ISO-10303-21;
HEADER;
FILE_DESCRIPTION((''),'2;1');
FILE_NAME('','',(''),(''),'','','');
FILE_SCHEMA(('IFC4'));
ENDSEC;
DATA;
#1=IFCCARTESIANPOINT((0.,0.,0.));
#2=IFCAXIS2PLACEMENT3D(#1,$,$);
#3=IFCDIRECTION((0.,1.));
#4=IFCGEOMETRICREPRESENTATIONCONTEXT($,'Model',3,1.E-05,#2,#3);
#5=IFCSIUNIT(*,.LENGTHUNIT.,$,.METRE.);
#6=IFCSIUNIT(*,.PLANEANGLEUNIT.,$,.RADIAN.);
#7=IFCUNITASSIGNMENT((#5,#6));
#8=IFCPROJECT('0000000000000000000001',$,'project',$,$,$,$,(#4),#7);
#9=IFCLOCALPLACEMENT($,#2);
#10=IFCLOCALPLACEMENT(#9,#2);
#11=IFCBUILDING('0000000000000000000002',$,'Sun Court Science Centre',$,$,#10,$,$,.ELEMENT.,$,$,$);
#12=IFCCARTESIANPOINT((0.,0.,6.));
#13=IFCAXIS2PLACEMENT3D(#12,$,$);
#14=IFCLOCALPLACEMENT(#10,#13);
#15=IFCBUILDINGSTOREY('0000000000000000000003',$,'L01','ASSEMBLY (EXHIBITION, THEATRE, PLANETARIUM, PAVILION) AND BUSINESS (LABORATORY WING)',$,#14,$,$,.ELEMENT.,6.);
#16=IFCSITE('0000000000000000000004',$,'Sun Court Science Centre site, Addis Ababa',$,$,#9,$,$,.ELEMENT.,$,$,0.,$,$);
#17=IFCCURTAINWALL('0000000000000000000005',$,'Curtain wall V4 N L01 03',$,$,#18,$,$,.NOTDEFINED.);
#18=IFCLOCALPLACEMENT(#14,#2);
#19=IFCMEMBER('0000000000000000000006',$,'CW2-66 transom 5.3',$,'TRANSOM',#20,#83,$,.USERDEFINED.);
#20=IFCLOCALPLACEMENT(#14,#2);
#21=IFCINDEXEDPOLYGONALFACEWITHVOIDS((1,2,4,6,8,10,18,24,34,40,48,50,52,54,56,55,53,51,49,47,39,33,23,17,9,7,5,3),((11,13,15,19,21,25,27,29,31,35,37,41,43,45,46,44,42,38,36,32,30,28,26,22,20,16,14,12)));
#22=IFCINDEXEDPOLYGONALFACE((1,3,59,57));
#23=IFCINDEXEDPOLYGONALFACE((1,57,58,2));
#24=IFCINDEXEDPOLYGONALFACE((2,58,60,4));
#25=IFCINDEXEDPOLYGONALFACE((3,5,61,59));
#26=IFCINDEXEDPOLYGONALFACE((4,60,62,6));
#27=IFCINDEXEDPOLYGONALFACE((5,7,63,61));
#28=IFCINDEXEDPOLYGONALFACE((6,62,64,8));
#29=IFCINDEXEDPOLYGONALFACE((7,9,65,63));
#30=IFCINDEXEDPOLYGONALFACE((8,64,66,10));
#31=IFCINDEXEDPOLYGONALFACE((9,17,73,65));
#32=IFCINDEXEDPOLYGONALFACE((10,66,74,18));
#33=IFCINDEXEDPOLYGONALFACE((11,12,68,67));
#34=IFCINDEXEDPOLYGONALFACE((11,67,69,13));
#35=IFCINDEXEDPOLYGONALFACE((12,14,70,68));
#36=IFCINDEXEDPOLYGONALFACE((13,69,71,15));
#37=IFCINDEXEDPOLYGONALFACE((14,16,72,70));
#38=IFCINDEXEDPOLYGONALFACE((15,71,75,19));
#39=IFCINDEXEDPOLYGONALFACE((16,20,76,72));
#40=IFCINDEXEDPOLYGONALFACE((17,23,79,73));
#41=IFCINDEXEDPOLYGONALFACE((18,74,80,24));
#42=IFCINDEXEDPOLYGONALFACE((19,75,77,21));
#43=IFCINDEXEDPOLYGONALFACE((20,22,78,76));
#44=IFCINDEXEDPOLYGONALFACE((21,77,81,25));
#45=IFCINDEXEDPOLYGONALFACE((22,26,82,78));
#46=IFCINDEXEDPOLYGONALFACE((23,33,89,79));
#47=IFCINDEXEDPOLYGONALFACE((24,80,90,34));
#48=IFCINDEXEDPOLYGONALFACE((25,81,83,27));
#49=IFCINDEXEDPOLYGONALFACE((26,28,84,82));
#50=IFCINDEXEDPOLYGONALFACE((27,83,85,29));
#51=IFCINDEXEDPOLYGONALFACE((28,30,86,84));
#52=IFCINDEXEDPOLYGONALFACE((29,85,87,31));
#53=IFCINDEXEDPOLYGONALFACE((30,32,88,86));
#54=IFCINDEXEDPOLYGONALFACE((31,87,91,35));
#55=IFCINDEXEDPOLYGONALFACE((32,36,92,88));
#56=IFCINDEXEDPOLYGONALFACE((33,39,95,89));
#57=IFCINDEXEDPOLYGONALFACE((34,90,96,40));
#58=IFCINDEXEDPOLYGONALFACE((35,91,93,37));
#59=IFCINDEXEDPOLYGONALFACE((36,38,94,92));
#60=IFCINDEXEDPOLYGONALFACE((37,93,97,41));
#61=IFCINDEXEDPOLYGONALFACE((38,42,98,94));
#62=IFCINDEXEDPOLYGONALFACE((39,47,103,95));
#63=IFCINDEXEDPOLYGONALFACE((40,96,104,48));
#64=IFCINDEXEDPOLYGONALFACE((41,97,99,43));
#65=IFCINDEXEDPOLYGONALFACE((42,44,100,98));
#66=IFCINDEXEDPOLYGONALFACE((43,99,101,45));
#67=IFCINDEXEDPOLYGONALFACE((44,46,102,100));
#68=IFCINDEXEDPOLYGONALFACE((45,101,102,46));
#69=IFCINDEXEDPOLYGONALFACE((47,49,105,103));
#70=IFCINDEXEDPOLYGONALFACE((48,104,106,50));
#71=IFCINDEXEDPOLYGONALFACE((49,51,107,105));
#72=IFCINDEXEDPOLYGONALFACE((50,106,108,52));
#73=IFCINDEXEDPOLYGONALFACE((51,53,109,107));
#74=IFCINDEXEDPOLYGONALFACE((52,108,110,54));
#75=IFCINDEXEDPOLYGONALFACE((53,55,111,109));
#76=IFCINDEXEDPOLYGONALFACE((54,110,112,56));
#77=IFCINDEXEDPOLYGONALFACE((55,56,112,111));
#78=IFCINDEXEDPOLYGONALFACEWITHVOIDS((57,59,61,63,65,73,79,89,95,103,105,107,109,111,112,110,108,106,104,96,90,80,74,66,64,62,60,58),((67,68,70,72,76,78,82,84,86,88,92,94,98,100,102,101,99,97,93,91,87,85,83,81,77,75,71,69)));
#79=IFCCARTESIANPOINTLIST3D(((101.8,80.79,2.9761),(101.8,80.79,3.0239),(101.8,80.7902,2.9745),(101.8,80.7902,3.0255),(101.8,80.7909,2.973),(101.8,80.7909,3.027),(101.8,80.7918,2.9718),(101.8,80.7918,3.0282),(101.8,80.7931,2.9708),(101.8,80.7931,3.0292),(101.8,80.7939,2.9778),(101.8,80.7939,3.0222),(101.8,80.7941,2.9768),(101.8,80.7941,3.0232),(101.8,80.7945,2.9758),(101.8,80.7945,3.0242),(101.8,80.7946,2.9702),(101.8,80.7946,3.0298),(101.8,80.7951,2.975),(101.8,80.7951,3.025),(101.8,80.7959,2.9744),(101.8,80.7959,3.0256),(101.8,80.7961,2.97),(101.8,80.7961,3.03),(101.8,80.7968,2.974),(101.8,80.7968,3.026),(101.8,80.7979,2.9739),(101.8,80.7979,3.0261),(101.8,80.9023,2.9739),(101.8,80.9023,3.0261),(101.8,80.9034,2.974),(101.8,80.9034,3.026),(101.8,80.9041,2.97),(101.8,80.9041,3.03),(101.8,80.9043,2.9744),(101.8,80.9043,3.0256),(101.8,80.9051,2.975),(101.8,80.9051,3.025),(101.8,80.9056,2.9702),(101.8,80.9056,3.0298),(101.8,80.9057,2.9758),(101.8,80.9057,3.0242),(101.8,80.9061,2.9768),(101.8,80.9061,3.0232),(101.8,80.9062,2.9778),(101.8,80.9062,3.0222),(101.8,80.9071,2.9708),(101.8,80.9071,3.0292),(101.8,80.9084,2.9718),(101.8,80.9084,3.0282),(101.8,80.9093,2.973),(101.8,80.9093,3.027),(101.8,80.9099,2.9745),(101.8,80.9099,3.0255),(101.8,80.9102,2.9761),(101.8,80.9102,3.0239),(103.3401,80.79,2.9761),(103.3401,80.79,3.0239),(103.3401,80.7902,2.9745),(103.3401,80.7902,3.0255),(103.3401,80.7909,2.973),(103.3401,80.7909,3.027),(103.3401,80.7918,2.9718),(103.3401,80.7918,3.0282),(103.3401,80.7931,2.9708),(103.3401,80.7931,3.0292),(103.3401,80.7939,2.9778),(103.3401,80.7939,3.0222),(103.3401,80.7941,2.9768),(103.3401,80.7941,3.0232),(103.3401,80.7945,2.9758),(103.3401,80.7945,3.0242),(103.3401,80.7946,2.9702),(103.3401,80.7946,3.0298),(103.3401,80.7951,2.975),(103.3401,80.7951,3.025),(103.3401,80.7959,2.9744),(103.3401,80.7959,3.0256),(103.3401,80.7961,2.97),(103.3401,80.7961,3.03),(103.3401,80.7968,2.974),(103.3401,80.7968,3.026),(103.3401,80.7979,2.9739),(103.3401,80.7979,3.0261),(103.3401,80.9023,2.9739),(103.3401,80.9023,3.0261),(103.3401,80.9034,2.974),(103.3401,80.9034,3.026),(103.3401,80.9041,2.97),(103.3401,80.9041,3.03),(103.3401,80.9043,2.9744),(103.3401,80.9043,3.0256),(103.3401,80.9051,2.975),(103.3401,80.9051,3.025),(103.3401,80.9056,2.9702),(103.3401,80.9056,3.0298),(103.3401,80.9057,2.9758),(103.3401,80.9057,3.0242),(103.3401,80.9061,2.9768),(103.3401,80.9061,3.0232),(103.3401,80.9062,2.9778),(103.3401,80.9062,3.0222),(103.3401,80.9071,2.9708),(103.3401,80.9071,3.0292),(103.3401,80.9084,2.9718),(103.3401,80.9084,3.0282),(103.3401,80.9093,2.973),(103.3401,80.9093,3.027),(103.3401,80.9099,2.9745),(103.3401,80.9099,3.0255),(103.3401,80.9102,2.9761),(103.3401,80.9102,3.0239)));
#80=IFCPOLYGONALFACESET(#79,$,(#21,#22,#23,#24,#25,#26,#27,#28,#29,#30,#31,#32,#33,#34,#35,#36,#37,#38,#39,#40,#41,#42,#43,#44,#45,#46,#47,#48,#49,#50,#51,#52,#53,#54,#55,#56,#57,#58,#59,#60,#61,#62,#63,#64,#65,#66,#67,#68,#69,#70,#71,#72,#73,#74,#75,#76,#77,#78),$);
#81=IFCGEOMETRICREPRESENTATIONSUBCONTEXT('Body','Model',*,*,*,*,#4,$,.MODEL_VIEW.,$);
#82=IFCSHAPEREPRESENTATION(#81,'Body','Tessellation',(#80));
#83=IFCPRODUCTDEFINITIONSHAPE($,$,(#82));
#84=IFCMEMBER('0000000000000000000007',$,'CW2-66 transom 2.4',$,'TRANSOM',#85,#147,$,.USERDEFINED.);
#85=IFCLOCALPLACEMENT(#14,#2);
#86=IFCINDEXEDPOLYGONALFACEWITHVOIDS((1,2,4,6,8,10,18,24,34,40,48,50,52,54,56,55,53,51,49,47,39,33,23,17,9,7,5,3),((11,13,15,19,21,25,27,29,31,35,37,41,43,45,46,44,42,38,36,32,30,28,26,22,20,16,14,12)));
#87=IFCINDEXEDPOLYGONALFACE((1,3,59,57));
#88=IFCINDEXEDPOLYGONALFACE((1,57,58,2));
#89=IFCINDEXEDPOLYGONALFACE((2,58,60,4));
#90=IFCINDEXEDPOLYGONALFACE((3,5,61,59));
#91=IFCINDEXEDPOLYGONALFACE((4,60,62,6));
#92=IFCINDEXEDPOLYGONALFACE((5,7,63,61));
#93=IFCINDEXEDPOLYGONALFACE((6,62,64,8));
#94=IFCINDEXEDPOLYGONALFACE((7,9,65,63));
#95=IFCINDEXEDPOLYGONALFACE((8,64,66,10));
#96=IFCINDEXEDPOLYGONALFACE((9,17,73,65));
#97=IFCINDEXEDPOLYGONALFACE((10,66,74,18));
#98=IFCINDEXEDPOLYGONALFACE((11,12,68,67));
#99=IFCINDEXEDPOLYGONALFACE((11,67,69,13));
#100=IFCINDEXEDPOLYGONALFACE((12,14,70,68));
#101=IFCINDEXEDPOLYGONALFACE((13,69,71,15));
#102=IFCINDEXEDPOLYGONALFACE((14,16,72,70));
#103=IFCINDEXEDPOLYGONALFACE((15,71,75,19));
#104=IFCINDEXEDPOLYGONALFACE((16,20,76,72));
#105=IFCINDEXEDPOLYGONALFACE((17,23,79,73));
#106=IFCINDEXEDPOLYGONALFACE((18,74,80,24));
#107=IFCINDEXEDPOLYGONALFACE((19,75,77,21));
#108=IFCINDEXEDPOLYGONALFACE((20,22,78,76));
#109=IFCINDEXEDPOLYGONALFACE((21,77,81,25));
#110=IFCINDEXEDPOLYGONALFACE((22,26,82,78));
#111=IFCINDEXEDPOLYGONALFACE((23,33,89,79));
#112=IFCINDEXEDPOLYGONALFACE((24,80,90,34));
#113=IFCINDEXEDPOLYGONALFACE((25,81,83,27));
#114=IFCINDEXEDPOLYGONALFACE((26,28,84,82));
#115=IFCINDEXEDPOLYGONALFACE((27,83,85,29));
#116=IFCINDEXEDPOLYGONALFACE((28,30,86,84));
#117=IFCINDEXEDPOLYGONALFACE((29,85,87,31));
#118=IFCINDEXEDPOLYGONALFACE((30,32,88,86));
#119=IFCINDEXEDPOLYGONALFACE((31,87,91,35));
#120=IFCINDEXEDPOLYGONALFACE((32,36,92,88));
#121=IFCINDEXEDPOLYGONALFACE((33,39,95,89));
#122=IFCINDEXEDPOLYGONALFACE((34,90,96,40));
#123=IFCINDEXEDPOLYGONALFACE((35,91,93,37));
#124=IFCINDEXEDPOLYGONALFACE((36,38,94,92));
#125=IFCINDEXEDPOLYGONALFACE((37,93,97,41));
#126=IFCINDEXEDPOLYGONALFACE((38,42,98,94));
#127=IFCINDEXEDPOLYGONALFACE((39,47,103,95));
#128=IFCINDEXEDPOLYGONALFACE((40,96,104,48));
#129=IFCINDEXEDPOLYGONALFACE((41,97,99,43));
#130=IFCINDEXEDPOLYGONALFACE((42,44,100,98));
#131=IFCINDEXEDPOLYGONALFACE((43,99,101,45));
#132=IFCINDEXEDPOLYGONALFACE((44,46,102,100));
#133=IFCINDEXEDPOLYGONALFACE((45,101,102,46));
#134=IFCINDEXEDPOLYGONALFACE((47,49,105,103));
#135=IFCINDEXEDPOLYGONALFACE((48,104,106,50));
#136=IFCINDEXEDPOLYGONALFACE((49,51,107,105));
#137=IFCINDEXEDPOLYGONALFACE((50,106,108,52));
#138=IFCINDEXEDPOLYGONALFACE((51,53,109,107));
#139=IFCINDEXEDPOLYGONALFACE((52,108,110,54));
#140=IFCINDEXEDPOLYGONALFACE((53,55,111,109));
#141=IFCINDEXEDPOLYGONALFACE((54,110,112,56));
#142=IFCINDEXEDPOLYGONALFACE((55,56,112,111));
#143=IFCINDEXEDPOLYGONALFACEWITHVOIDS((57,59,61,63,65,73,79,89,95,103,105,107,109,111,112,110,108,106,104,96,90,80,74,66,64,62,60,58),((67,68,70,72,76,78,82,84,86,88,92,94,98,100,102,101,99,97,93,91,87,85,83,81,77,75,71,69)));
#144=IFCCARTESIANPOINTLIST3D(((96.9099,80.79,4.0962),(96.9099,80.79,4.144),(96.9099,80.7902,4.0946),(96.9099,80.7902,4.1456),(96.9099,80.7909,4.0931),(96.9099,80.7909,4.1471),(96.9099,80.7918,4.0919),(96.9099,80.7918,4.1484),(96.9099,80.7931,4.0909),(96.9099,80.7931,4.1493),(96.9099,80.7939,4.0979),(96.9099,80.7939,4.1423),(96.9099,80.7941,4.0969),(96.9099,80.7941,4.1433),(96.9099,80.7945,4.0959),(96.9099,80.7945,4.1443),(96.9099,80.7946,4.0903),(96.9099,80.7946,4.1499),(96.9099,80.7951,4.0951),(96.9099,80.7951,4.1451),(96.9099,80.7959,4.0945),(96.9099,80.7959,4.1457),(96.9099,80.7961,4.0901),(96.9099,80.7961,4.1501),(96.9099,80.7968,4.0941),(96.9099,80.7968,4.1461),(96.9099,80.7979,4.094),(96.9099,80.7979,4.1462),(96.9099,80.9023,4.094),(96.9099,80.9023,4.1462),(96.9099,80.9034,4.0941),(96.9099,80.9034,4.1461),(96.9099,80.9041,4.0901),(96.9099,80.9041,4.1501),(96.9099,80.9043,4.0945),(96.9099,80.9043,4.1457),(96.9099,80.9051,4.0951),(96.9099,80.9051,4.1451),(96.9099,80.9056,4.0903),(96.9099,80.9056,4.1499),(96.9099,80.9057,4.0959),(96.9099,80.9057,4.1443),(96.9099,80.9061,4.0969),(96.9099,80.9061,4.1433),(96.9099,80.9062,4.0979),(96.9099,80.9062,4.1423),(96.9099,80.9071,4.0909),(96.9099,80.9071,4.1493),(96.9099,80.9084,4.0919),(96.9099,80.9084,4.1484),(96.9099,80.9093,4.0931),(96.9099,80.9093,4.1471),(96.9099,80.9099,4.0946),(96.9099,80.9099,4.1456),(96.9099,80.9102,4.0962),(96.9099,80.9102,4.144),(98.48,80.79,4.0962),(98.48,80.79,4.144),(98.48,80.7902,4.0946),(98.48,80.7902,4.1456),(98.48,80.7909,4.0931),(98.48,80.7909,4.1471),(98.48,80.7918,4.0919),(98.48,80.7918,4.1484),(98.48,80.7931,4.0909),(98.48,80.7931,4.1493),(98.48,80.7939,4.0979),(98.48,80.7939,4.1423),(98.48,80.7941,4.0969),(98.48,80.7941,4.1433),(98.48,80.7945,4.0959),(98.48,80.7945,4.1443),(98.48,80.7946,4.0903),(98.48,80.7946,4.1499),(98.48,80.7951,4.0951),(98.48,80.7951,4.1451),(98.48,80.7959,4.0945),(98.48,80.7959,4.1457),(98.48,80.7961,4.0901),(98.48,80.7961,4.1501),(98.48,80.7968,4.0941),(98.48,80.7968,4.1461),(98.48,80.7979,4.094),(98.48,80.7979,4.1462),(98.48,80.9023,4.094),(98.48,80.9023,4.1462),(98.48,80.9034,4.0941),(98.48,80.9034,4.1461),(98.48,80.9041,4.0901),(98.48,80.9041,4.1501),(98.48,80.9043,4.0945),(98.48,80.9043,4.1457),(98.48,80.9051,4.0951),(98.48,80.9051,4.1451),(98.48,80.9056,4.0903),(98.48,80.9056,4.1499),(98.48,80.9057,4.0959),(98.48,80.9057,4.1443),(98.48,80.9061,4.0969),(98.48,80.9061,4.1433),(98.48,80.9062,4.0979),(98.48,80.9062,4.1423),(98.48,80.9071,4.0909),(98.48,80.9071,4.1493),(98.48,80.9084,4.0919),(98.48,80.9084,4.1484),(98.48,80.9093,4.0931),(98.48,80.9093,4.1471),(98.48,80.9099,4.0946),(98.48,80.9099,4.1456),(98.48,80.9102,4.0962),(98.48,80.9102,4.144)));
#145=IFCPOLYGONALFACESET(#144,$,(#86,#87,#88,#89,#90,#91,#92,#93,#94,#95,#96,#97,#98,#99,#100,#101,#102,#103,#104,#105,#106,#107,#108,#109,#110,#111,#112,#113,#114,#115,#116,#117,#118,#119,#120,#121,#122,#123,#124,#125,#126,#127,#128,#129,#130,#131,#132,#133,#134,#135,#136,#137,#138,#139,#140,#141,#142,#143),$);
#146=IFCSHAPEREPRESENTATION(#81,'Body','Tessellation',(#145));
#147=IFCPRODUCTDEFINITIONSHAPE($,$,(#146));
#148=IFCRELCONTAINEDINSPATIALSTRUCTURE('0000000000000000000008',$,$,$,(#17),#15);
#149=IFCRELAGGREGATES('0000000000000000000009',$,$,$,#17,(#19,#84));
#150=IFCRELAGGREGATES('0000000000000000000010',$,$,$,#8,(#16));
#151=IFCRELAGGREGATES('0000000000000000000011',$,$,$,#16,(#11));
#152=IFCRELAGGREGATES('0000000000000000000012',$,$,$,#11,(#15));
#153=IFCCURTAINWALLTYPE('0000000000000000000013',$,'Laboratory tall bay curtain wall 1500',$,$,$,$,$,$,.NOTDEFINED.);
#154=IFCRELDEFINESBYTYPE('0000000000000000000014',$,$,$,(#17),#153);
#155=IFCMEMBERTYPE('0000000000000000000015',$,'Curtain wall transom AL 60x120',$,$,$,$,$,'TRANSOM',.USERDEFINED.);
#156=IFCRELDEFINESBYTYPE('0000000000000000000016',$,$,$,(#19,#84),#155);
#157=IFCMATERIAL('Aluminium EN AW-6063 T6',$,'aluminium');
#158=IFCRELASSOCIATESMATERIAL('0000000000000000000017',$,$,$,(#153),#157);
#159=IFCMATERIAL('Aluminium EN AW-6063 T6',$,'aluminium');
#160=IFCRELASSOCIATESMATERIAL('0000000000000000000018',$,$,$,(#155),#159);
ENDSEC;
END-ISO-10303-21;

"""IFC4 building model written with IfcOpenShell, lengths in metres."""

from ifc_helpers import new_model, si_unit, direction, frame, origin, origin_2d, place, context, subcontext, project, spatial, hollow_rectangle, extrude, material, material_profile, profile_set, type_object, element, aggregate, save


model = new_model("IFC4")

# Units and contexts
model_context = context("Model", 3, precision=1e-05, world=origin(), true_north=direction((0.0, 1.0)))
body_context = subcontext(model_context, "Body", "Model", "MODEL_VIEW")
ifc_project = project(units=[si_unit("LENGTHUNIT", "METRE"), si_unit("PLANEANGLEUNIT", "RADIAN")], contexts=[model_context])

# Site, building, storey
site_placement = place(None, origin())
site = spatial("IfcSite", under=ifc_project, at=site_placement, Name="Sun Court Science Centre site, Addis Ababa", CompositionType="ELEMENT", RefElevation=0.0)
building_placement = place(site_placement, origin())
building = spatial("IfcBuilding", under=site, at=building_placement, Name="Sun Court Science Centre", CompositionType="ELEMENT")
storey_placement = place(building_placement, frame((0.0, 0.0, 6.0)))
storey = spatial("IfcBuildingStorey", under=building, at=storey_placement, Name="L01", Description="ASSEMBLY (EXHIBITION, THEATRE, PLANETARIUM, PAVILION) AND BUSINESS (LABORATORY WING)", CompositionType="ELEMENT", Elevation=6.0)

# Curtain wall, members
ifc_material_1 = material(Name="Aluminium EN AW-6063 T6", Category="aluminium")
curtain_wall_type = type_object("IfcCurtainWallType", Name="Laboratory tall bay curtain wall 1500", PredefinedType="NOTDEFINED", material=ifc_material_1)
curtain_wall_placement = place(storey_placement, origin())
curtain_wall = element("IfcCurtainWall", 1, at=curtain_wall_placement, inside=storey, type_object=curtain_wall_type, Name="Curtain wall V4 N L01 03", PredefinedType="NOTDEFINED")
ifc_material_2 = material(Name="Aluminium EN AW-6063 T6", Category="aluminium")
ifc_material_profile_1 = material_profile(ifc_material_2, hollow_rectangle(XDim=0.0601, YDim=0.1201, WallThickness=0.0039, InnerFilletRadius=0.0039, OuterFilletRadius=0.0061, at=origin_2d()), Name="AL 60x120x4")
ifc_profile_set_1 = profile_set([ifc_material_profile_1], Name="Aluminium EN AW-6063 T6")
member_type_1 = type_object("IfcMemberType", Name="Curtain wall transom AL 60x120", ElementType="TRANSOM", PredefinedType="USERDEFINED", material=ifc_profile_set_1)
member_1_placement = place(storey_placement, frame((101.8, 80.8501, 3.0), z_axis=(1.0, 0.0, 0.0), x_axis=(0.0, 0.0, 1.0)))
member_1 = element("IfcMember", 2, at=member_1_placement, type_object=member_type_1, Name="CW2-66 transom 5.3", ObjectType="TRANSOM", PredefinedType="USERDEFINED", context=body_context, shape_type="SweptSolid", body=[
    extrude(hollow_rectangle(XDim=0.0601, YDim=0.1201, WallThickness=0.0039, InnerFilletRadius=0.0039, OuterFilletRadius=0.0061, at=origin_2d()), origin(), (0.0, 0.0, 1.0), 1.54),
])
member_2_placement = place(storey_placement, frame((96.9099, 80.8501, 4.1201), z_axis=(1.0, 0.0, 0.0), x_axis=(0.0, 0.0, 1.0)))
member_2 = element("IfcMember", 3, at=member_2_placement, type_object=member_type_1, Name="CW2-66 transom 2.4", ObjectType="TRANSOM", PredefinedType="USERDEFINED", context=body_context, shape_type="SweptSolid", body=[
    extrude(hollow_rectangle(XDim=0.0601, YDim=0.1201, WallThickness=0.0039, InnerFilletRadius=0.0039, OuterFilletRadius=0.0061, at=origin_2d()), origin(), (0.0, 0.0, 1.0), 1.5701),
])
aggregate(curtain_wall, [member_1, member_2])

save(model, "model.ifc")
